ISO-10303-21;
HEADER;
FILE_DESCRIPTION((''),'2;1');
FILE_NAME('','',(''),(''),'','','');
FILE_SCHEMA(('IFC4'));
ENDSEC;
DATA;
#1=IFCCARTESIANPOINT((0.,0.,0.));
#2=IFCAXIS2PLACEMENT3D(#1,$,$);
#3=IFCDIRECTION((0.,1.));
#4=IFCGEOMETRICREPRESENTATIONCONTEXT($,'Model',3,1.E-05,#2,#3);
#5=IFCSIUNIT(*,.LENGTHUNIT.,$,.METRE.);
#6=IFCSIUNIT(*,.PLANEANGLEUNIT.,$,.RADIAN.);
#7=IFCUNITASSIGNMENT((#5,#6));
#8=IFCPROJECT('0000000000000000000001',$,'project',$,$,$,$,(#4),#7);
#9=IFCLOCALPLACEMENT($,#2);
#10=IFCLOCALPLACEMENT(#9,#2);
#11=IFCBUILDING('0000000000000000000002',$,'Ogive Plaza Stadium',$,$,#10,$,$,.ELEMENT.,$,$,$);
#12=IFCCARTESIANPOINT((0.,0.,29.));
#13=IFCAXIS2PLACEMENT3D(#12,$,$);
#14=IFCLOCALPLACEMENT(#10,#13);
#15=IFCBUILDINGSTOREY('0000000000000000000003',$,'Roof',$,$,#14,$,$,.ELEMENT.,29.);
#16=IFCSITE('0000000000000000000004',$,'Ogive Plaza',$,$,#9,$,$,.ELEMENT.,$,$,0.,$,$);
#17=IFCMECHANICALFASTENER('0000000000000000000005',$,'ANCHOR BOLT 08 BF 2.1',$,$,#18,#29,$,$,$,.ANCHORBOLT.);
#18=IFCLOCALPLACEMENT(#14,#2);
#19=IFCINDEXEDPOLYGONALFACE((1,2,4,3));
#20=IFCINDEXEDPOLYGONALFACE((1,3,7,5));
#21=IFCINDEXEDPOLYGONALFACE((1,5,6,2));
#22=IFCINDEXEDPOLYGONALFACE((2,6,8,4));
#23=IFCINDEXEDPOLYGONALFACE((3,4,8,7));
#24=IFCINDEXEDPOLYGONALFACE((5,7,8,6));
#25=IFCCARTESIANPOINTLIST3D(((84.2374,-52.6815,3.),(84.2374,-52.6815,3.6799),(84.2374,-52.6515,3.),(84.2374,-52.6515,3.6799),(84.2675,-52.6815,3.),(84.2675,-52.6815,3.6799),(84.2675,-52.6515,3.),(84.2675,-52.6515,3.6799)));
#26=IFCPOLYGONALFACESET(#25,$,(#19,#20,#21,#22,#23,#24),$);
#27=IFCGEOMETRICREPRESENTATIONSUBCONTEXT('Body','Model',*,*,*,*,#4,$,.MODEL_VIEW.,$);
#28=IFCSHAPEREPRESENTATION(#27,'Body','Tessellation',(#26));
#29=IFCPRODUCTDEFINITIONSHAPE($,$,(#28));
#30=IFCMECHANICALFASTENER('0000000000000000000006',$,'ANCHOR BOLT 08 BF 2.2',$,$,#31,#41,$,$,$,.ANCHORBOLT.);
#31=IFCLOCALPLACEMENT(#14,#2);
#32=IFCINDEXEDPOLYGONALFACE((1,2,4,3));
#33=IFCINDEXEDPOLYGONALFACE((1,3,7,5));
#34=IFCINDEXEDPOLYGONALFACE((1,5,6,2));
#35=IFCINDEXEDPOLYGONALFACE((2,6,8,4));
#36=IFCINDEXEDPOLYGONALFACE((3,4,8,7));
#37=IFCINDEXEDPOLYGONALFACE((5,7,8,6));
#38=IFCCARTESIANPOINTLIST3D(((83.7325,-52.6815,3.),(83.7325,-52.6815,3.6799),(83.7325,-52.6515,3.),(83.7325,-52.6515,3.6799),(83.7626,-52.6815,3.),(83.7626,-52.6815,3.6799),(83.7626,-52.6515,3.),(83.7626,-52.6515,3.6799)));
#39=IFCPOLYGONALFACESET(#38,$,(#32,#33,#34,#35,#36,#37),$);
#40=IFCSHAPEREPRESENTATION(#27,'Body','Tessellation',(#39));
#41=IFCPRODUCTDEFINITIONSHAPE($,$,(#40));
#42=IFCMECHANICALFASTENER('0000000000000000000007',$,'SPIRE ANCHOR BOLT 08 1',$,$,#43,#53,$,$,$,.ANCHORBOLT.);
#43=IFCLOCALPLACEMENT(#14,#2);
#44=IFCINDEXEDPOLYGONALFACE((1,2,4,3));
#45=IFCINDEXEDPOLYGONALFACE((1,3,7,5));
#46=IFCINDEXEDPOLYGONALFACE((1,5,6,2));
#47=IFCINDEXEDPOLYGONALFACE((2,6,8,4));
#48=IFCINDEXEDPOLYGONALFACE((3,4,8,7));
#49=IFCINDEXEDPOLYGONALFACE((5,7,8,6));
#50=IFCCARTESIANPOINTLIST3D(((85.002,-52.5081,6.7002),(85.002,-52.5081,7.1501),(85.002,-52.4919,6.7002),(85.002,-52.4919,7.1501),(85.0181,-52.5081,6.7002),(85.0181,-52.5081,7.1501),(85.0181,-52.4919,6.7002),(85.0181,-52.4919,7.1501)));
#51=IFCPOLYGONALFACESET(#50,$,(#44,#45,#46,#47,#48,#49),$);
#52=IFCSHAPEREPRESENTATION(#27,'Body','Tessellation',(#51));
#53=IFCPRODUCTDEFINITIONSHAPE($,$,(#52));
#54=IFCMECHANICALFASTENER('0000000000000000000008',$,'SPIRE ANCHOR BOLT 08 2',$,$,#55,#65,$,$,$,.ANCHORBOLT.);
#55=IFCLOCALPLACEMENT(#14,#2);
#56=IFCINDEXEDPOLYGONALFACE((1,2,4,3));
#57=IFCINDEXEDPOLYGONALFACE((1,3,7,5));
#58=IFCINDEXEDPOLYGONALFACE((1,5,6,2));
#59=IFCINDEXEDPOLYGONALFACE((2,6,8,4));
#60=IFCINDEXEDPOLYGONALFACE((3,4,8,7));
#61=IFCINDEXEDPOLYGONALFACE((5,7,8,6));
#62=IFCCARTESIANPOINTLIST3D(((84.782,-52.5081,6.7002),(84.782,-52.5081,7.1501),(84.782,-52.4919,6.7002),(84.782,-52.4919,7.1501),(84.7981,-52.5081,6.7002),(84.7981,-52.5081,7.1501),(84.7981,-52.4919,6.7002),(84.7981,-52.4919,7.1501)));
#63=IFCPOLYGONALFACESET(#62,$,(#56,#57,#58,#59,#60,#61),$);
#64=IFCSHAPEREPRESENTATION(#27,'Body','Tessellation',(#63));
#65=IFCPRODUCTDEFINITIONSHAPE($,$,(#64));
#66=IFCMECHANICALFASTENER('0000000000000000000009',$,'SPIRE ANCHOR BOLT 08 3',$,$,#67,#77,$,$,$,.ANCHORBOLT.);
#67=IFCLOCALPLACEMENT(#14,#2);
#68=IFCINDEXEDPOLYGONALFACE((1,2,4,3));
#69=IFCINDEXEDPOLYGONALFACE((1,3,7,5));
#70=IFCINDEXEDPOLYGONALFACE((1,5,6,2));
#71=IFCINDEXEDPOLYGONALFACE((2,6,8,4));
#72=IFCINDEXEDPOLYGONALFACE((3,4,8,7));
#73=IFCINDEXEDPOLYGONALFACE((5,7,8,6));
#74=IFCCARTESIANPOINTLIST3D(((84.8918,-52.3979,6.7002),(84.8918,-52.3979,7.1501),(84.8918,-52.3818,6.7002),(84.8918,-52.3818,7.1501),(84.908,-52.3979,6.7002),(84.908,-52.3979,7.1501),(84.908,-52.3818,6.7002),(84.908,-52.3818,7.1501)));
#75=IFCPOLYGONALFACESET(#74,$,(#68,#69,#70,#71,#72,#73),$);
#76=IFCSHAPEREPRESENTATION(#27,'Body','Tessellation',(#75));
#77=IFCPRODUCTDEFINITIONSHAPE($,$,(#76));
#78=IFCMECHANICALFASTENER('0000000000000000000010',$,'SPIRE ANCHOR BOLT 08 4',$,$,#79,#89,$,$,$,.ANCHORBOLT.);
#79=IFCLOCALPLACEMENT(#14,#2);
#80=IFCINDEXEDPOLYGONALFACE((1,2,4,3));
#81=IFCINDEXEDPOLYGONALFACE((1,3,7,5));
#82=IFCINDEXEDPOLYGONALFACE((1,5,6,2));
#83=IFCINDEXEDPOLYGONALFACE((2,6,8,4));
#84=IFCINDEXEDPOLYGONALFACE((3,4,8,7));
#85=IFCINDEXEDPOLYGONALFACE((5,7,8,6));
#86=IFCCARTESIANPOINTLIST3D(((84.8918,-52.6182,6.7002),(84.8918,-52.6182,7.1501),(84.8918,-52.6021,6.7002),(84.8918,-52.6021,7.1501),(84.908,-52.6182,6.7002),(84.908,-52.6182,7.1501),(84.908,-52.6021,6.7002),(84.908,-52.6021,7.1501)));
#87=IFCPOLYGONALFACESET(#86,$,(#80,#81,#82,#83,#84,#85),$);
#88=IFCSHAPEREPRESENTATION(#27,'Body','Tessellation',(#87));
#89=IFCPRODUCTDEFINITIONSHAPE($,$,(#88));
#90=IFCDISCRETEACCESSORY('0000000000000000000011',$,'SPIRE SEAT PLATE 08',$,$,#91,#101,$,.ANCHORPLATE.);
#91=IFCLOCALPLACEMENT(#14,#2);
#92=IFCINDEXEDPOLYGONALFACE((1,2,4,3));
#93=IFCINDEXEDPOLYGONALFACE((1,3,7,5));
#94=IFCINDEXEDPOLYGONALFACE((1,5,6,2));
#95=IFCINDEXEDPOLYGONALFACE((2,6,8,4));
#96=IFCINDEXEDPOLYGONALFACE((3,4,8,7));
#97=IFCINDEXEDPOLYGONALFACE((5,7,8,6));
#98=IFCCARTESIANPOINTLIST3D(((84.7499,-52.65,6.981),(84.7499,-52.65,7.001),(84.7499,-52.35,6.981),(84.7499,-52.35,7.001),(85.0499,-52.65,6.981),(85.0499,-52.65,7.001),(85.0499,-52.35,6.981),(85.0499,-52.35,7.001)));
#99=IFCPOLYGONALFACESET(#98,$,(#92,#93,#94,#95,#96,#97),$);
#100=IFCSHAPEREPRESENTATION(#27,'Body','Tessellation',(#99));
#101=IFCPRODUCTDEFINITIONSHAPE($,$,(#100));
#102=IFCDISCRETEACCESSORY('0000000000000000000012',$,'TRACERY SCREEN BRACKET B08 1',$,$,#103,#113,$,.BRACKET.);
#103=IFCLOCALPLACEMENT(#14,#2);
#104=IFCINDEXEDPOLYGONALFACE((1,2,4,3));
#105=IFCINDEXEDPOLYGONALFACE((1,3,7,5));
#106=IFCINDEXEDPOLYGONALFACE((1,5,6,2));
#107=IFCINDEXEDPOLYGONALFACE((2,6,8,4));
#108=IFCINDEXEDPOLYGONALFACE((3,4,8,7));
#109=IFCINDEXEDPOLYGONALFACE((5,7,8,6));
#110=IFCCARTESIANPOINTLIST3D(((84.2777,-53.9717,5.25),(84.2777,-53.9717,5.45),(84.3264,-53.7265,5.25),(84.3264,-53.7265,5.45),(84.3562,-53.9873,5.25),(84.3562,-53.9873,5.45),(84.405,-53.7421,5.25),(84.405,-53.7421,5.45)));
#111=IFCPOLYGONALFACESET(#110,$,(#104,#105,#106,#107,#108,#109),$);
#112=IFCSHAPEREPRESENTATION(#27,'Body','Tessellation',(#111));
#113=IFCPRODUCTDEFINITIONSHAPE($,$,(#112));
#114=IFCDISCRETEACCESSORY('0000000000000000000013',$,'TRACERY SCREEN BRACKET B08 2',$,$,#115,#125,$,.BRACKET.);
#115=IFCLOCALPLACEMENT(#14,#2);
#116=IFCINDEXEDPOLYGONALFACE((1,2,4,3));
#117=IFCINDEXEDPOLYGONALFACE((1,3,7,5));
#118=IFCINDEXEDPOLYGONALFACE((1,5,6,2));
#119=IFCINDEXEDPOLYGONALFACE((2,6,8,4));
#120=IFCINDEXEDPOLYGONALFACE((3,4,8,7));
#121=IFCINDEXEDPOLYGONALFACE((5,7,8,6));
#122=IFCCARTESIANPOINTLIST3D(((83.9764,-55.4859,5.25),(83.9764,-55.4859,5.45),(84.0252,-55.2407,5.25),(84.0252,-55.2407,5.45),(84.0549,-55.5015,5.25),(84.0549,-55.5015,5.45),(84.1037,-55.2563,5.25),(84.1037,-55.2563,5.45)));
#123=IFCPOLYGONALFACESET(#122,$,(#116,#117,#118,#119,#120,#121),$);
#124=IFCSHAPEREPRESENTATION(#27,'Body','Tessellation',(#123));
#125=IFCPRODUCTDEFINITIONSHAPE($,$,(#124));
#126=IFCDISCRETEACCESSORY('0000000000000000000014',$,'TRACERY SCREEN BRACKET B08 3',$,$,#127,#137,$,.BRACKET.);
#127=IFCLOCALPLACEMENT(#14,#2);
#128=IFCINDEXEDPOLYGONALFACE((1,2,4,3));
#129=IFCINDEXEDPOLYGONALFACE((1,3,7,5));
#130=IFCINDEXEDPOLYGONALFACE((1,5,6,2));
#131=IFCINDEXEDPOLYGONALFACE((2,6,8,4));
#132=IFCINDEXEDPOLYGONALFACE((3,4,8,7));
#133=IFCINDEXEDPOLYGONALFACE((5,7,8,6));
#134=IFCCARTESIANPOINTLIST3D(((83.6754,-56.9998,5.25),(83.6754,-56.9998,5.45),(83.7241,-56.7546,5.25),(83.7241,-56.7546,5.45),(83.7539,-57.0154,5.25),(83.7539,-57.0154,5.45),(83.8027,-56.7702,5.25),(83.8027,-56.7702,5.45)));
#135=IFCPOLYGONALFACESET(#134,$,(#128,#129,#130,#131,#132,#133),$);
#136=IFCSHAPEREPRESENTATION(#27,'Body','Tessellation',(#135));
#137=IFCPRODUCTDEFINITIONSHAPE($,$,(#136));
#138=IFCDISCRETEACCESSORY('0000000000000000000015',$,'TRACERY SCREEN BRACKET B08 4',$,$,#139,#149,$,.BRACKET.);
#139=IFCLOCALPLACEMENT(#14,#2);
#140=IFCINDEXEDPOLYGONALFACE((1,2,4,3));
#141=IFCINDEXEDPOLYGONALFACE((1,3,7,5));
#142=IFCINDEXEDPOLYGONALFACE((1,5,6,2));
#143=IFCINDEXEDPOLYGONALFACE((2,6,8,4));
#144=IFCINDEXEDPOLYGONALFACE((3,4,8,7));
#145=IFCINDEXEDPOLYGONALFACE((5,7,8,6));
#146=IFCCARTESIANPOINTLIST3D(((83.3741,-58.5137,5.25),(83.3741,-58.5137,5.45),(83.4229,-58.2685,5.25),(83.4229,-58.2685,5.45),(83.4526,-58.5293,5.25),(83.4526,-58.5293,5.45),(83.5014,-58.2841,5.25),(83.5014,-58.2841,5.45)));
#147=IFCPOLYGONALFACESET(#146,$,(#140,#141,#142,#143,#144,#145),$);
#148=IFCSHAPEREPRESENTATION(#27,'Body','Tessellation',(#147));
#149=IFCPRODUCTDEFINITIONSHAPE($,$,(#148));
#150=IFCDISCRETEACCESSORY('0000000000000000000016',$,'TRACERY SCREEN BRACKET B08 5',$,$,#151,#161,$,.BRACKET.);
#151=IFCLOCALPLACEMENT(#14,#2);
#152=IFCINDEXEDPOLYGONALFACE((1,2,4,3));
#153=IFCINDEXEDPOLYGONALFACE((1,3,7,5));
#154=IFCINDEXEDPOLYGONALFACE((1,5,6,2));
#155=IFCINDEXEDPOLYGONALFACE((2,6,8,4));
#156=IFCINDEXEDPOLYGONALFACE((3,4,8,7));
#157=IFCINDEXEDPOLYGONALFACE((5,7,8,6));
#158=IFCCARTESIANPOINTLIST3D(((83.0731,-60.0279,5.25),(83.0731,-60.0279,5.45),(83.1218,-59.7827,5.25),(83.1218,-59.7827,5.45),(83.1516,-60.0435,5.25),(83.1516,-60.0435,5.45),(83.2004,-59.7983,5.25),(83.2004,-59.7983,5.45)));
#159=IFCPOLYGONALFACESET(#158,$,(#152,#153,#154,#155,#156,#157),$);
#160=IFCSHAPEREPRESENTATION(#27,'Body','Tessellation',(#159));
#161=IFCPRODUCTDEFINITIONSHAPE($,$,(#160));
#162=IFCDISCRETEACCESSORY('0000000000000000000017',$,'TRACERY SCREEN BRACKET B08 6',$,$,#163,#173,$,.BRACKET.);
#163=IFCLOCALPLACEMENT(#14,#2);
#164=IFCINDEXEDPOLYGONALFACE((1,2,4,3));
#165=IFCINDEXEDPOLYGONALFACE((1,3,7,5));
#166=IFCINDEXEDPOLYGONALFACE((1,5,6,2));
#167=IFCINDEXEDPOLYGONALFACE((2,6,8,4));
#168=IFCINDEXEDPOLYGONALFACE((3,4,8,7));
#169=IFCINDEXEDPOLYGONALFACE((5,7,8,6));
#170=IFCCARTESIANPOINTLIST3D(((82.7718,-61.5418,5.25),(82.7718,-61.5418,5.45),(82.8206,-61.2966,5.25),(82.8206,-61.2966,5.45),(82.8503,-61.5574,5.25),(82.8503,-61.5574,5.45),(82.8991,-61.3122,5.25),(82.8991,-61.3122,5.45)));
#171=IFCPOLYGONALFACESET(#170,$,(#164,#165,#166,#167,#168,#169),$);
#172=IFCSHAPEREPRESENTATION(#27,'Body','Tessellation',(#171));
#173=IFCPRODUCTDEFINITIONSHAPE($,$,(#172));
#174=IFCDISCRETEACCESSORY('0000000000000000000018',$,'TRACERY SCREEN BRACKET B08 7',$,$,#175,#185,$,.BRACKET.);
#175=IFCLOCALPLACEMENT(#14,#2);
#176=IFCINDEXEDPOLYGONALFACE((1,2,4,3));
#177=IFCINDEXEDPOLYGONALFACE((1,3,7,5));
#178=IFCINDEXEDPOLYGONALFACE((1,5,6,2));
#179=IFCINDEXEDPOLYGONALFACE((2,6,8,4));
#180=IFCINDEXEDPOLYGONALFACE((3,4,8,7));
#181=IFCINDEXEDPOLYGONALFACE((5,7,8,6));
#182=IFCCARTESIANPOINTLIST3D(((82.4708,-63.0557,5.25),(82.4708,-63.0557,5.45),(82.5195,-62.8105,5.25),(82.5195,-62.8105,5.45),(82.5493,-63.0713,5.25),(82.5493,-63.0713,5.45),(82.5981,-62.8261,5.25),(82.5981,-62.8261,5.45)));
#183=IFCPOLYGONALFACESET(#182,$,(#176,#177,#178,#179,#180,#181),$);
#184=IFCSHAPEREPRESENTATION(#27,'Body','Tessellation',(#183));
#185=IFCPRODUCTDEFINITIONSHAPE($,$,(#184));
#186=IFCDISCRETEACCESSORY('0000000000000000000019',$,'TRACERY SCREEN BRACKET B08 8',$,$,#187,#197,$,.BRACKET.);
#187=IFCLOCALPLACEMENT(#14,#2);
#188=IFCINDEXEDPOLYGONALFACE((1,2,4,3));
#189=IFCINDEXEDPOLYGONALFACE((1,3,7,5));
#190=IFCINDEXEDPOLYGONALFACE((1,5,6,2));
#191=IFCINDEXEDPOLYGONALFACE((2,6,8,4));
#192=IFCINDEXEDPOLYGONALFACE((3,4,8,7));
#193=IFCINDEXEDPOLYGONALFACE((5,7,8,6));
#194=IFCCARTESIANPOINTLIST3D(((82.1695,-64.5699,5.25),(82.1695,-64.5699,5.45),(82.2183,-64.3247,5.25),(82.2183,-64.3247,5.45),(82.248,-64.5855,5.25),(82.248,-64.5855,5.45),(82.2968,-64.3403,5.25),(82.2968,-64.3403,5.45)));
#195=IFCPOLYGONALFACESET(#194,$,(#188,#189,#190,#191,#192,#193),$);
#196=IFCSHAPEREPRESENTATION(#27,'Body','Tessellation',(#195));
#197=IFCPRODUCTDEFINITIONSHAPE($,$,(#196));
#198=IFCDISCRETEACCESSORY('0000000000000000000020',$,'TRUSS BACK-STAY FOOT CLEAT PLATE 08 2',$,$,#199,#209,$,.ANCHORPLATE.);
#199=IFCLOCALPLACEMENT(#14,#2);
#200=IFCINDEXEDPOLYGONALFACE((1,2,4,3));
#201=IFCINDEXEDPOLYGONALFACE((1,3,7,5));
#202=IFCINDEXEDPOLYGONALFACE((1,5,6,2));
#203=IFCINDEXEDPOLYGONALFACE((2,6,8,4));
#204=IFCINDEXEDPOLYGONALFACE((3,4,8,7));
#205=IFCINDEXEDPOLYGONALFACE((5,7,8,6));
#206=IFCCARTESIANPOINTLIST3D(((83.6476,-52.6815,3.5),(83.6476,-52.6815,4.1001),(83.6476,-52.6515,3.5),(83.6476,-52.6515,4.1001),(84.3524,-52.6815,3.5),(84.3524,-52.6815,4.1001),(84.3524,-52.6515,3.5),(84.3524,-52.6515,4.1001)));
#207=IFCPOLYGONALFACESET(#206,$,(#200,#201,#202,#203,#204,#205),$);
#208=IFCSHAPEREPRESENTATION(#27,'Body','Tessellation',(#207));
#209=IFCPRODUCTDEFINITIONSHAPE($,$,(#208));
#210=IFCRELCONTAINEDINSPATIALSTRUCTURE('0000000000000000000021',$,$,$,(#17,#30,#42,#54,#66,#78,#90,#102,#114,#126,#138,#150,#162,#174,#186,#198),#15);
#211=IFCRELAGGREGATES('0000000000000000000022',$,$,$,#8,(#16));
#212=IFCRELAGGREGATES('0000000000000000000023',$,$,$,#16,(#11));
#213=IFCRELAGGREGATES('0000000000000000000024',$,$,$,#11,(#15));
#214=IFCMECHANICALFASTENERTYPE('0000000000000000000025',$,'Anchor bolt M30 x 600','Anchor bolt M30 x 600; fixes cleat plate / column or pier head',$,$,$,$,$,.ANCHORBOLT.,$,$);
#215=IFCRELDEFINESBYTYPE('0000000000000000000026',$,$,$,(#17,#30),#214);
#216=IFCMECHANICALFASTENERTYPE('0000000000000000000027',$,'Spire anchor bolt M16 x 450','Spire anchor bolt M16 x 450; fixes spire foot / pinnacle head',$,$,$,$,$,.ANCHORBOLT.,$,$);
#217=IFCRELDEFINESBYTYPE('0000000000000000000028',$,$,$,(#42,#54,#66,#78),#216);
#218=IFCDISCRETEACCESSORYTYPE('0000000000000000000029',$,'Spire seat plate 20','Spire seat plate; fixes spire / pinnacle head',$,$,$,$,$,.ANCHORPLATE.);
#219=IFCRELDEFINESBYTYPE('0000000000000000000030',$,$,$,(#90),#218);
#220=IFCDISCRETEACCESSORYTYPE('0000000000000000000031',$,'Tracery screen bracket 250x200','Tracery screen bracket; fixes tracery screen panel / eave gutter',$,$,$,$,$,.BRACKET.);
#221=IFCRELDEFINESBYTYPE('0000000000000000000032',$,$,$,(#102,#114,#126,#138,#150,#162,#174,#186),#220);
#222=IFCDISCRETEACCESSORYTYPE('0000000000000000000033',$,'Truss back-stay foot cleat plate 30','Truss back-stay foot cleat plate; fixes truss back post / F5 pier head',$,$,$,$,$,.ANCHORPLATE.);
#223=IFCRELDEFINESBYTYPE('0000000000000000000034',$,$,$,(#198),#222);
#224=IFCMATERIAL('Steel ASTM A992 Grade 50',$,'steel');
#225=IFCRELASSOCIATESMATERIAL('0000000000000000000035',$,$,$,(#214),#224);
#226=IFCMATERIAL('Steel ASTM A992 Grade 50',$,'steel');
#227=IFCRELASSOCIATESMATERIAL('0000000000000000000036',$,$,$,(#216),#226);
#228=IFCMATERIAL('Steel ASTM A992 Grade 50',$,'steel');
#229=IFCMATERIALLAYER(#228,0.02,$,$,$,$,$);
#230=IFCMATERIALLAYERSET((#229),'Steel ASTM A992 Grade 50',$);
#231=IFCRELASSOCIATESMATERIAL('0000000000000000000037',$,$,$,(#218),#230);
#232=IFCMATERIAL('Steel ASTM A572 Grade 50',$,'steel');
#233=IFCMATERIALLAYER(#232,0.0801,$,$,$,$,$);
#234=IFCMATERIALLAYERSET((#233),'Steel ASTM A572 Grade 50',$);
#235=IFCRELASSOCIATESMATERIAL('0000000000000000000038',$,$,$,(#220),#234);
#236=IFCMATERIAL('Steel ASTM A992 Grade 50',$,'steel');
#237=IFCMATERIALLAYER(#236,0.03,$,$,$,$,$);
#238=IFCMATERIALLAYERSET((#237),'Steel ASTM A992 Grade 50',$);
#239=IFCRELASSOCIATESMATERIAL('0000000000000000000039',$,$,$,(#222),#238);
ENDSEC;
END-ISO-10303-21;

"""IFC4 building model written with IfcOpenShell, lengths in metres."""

from ifc_helpers import new_model, si_unit, direction, frame, origin, origin_2d, place, context, subcontext, project, spatial, rectangle, extrude, material, layer, layer_set, type_object, element, save


model = new_model("IFC4")

# Units and contexts
model_context = context("Model", 3, precision=1e-05, world=origin(), true_north=direction((0.0, 1.0)))
body_context = subcontext(model_context, "Body", "Model", "MODEL_VIEW")
ifc_project = project(units=[si_unit("LENGTHUNIT", "METRE"), si_unit("PLANEANGLEUNIT", "RADIAN")], contexts=[model_context])

# Site, building, storey
site_placement = place(None, origin())
site = spatial("IfcSite", under=ifc_project, at=site_placement, Name="Ogive Plaza", CompositionType="ELEMENT", RefElevation=0.0)
building_placement = place(site_placement, origin())
building = spatial("IfcBuilding", under=site, at=building_placement, Name="Ogive Plaza Stadium", CompositionType="ELEMENT")
storey_placement = place(building_placement, frame((0.0, 0.0, 29.0)))
storey = spatial("IfcBuildingStorey", under=building, at=storey_placement, Name="Roof", CompositionType="ELEMENT", Elevation=29.0)

# Mechanical fasteners
ifc_material_1 = material(Name="Steel ASTM A992 Grade 50", Category="steel")
mechanical_fastener_type_1 = type_object("IfcMechanicalFastenerType", Name="Anchor bolt M30 x 600", Description="Anchor bolt M30 x 600; fixes cleat plate / column or pier head", PredefinedType="ANCHORBOLT", material=ifc_material_1)
for number, where, z_axis, x_axis, name in (
    (1, (84.2524, -52.6665, 3.0), (0.0, 0.0, 1.0), (1.0, 0.0, 0.0), "ANCHOR BOLT 08 BF 2.1"),
    (2, (83.7476, -52.6665, 3.0), (0.0, 0.0, 1.0), (1.0, 0.0, 0.0), "ANCHOR BOLT 08 BF 2.2"),
):
    element("IfcMechanicalFastener", number, at=place(storey_placement, frame(where, z_axis=z_axis, x_axis=x_axis)), inside=storey, type_object=mechanical_fastener_type_1, Name=name, PredefinedType="ANCHORBOLT", context=body_context, shape_type="SweptSolid", body=[
        extrude(rectangle(XDim=0.03, YDim=0.03, at=origin_2d()), origin(), (0.0, 0.0, 1.0), 0.6799),
    ])
ifc_material_2 = material(Name="Steel ASTM A992 Grade 50", Category="steel")
mechanical_fastener_type_2 = type_object("IfcMechanicalFastenerType", Name="Spire anchor bolt M16 x 450", Description="Spire anchor bolt M16 x 450; fixes spire foot / pinnacle head", PredefinedType="ANCHORBOLT", material=ifc_material_2)
for number, where, z_axis, x_axis, name in (
    (3, (85.01, -52.5, 6.7002), (0.0, 0.0, 1.0), (1.0, 0.0, 0.0), "SPIRE ANCHOR BOLT 08 1"),
    (4, (84.79, -52.5, 6.7002), (0.0, 0.0, 1.0), (1.0, 0.0, 0.0), "SPIRE ANCHOR BOLT 08 2"),
    (5, (84.8999, -52.3899, 6.7002), (0.0, 0.0, 1.0), (1.0, 0.0, 0.0), "SPIRE ANCHOR BOLT 08 3"),
    (6, (84.8999, -52.6101, 6.7002), (0.0, 0.0, 1.0), (1.0, 0.0, 0.0), "SPIRE ANCHOR BOLT 08 4"),
):
    element("IfcMechanicalFastener", number, at=place(storey_placement, frame(where, z_axis=z_axis, x_axis=x_axis)), inside=storey, type_object=mechanical_fastener_type_2, Name=name, PredefinedType="ANCHORBOLT", context=body_context, shape_type="SweptSolid", body=[
        extrude(rectangle(XDim=0.0161, YDim=0.0161, at=origin_2d()), origin(), (0.0, 0.0, 1.0), 0.45),
    ])

# Discrete accessories
ifc_material_3 = material(Name="Steel ASTM A992 Grade 50", Category="steel")
ifc_layer_1 = layer(ifc_material_3, 0.02)
ifc_layer_set_1 = layer_set([ifc_layer_1], Name="Steel ASTM A992 Grade 50")
discrete_accessory_type_1 = type_object("IfcDiscreteAccessoryType", Name="Spire seat plate 20", Description="Spire seat plate; fixes spire / pinnacle head", PredefinedType="ANCHORPLATE", material=ifc_layer_set_1)
discrete_accessory_1_placement = place(storey_placement, frame((84.8999, -52.5, 6.981), z_axis=(0.0, 0.0, 1.0), x_axis=(1.0, 0.0, 0.0)))
element("IfcDiscreteAccessory", 7, at=discrete_accessory_1_placement, inside=storey, type_object=discrete_accessory_type_1, Name="SPIRE SEAT PLATE 08", PredefinedType="ANCHORPLATE", context=body_context, shape_type="SweptSolid", body=[
    extrude(rectangle(XDim=0.3, YDim=0.3, at=origin_2d()), origin(), (0.0, 0.0, 1.0), 0.02),
])
ifc_material_4 = material(Name="Steel ASTM A572 Grade 50", Category="steel")
ifc_layer_2 = layer(ifc_material_4, 0.0801)
ifc_layer_set_2 = layer_set([ifc_layer_2], Name="Steel ASTM A572 Grade 50")
discrete_accessory_type_2 = type_object("IfcDiscreteAccessoryType", Name="Tracery screen bracket 250x200", Description="Tracery screen bracket; fixes tracery screen panel / eave gutter", PredefinedType="BRACKET", material=ifc_layer_set_2)
for number, where, z_axis, x_axis, name in (
    (8, (84.3413, -53.8569, 5.25), (0.0, 0.0, 1.0), (-0.19509, -0.980785, 0.0), "TRACERY SCREEN BRACKET B08 1"),
    (9, (84.04, -55.3711, 5.25), (0.0, 0.0, 1.0), (-0.19509, -0.980785, 0.0), "TRACERY SCREEN BRACKET B08 2"),
    (10, (83.739, -56.885, 5.25), (0.0, 0.0, 1.0), (-0.19509, -0.980785, 0.0), "TRACERY SCREEN BRACKET B08 3"),
    (11, (83.4377, -58.3989, 5.25), (0.0, 0.0, 1.0), (-0.19509, -0.980785, 0.0), "TRACERY SCREEN BRACKET B08 4"),
    (12, (83.1367, -59.9131, 5.25), (0.0, 0.0, 1.0), (-0.19509, -0.980785, 0.0), "TRACERY SCREEN BRACKET B08 5"),
    (13, (82.8354, -61.427, 5.25), (0.0, 0.0, 1.0), (-0.19509, -0.980785, 0.0), "TRACERY SCREEN BRACKET B08 6"),
    (14, (82.5344, -62.9409, 5.25), (0.0, 0.0, 1.0), (-0.19509, -0.980785, 0.0), "TRACERY SCREEN BRACKET B08 7"),
    (15, (82.2332, -64.4551, 5.25), (0.0, 0.0, 1.0), (-0.19509, -0.980785, 0.0), "TRACERY SCREEN BRACKET B08 8"),
):
    element("IfcDiscreteAccessory", number, at=place(storey_placement, frame(where, z_axis=z_axis, x_axis=x_axis)), inside=storey, type_object=discrete_accessory_type_2, Name=name, PredefinedType="BRACKET", context=body_context, shape_type="SweptSolid", body=[
        extrude(rectangle(XDim=0.25, YDim=0.0801, at=origin_2d()), origin(), (0.0, 0.0, 1.0), 0.2),
    ])
ifc_material_5 = material(Name="Steel ASTM A992 Grade 50", Category="steel")
ifc_layer_3 = layer(ifc_material_5, 0.03)
ifc_layer_set_3 = layer_set([ifc_layer_3], Name="Steel ASTM A992 Grade 50")
discrete_accessory_type_3 = type_object("IfcDiscreteAccessoryType", Name="Truss back-stay foot cleat plate 30", Description="Truss back-stay foot cleat plate; fixes truss back post / F5 pier head", PredefinedType="ANCHORPLATE", material=ifc_layer_set_3)
discrete_accessory_2_placement = place(storey_placement, frame((84.0, -52.6665, 3.5), z_axis=(0.0, 0.0, 1.0), x_axis=(1.0, 0.0, 0.0)))
element("IfcDiscreteAccessory", 16, at=discrete_accessory_2_placement, inside=storey, type_object=discrete_accessory_type_3, Name="TRUSS BACK-STAY FOOT CLEAT PLATE 08 2", PredefinedType="ANCHORPLATE", context=body_context, shape_type="SweptSolid", body=[
    extrude(rectangle(XDim=0.7048, YDim=0.03, at=origin_2d()), origin(), (0.0, 0.0, 1.0), 0.6001),
])

save(model, "model.ifc")
